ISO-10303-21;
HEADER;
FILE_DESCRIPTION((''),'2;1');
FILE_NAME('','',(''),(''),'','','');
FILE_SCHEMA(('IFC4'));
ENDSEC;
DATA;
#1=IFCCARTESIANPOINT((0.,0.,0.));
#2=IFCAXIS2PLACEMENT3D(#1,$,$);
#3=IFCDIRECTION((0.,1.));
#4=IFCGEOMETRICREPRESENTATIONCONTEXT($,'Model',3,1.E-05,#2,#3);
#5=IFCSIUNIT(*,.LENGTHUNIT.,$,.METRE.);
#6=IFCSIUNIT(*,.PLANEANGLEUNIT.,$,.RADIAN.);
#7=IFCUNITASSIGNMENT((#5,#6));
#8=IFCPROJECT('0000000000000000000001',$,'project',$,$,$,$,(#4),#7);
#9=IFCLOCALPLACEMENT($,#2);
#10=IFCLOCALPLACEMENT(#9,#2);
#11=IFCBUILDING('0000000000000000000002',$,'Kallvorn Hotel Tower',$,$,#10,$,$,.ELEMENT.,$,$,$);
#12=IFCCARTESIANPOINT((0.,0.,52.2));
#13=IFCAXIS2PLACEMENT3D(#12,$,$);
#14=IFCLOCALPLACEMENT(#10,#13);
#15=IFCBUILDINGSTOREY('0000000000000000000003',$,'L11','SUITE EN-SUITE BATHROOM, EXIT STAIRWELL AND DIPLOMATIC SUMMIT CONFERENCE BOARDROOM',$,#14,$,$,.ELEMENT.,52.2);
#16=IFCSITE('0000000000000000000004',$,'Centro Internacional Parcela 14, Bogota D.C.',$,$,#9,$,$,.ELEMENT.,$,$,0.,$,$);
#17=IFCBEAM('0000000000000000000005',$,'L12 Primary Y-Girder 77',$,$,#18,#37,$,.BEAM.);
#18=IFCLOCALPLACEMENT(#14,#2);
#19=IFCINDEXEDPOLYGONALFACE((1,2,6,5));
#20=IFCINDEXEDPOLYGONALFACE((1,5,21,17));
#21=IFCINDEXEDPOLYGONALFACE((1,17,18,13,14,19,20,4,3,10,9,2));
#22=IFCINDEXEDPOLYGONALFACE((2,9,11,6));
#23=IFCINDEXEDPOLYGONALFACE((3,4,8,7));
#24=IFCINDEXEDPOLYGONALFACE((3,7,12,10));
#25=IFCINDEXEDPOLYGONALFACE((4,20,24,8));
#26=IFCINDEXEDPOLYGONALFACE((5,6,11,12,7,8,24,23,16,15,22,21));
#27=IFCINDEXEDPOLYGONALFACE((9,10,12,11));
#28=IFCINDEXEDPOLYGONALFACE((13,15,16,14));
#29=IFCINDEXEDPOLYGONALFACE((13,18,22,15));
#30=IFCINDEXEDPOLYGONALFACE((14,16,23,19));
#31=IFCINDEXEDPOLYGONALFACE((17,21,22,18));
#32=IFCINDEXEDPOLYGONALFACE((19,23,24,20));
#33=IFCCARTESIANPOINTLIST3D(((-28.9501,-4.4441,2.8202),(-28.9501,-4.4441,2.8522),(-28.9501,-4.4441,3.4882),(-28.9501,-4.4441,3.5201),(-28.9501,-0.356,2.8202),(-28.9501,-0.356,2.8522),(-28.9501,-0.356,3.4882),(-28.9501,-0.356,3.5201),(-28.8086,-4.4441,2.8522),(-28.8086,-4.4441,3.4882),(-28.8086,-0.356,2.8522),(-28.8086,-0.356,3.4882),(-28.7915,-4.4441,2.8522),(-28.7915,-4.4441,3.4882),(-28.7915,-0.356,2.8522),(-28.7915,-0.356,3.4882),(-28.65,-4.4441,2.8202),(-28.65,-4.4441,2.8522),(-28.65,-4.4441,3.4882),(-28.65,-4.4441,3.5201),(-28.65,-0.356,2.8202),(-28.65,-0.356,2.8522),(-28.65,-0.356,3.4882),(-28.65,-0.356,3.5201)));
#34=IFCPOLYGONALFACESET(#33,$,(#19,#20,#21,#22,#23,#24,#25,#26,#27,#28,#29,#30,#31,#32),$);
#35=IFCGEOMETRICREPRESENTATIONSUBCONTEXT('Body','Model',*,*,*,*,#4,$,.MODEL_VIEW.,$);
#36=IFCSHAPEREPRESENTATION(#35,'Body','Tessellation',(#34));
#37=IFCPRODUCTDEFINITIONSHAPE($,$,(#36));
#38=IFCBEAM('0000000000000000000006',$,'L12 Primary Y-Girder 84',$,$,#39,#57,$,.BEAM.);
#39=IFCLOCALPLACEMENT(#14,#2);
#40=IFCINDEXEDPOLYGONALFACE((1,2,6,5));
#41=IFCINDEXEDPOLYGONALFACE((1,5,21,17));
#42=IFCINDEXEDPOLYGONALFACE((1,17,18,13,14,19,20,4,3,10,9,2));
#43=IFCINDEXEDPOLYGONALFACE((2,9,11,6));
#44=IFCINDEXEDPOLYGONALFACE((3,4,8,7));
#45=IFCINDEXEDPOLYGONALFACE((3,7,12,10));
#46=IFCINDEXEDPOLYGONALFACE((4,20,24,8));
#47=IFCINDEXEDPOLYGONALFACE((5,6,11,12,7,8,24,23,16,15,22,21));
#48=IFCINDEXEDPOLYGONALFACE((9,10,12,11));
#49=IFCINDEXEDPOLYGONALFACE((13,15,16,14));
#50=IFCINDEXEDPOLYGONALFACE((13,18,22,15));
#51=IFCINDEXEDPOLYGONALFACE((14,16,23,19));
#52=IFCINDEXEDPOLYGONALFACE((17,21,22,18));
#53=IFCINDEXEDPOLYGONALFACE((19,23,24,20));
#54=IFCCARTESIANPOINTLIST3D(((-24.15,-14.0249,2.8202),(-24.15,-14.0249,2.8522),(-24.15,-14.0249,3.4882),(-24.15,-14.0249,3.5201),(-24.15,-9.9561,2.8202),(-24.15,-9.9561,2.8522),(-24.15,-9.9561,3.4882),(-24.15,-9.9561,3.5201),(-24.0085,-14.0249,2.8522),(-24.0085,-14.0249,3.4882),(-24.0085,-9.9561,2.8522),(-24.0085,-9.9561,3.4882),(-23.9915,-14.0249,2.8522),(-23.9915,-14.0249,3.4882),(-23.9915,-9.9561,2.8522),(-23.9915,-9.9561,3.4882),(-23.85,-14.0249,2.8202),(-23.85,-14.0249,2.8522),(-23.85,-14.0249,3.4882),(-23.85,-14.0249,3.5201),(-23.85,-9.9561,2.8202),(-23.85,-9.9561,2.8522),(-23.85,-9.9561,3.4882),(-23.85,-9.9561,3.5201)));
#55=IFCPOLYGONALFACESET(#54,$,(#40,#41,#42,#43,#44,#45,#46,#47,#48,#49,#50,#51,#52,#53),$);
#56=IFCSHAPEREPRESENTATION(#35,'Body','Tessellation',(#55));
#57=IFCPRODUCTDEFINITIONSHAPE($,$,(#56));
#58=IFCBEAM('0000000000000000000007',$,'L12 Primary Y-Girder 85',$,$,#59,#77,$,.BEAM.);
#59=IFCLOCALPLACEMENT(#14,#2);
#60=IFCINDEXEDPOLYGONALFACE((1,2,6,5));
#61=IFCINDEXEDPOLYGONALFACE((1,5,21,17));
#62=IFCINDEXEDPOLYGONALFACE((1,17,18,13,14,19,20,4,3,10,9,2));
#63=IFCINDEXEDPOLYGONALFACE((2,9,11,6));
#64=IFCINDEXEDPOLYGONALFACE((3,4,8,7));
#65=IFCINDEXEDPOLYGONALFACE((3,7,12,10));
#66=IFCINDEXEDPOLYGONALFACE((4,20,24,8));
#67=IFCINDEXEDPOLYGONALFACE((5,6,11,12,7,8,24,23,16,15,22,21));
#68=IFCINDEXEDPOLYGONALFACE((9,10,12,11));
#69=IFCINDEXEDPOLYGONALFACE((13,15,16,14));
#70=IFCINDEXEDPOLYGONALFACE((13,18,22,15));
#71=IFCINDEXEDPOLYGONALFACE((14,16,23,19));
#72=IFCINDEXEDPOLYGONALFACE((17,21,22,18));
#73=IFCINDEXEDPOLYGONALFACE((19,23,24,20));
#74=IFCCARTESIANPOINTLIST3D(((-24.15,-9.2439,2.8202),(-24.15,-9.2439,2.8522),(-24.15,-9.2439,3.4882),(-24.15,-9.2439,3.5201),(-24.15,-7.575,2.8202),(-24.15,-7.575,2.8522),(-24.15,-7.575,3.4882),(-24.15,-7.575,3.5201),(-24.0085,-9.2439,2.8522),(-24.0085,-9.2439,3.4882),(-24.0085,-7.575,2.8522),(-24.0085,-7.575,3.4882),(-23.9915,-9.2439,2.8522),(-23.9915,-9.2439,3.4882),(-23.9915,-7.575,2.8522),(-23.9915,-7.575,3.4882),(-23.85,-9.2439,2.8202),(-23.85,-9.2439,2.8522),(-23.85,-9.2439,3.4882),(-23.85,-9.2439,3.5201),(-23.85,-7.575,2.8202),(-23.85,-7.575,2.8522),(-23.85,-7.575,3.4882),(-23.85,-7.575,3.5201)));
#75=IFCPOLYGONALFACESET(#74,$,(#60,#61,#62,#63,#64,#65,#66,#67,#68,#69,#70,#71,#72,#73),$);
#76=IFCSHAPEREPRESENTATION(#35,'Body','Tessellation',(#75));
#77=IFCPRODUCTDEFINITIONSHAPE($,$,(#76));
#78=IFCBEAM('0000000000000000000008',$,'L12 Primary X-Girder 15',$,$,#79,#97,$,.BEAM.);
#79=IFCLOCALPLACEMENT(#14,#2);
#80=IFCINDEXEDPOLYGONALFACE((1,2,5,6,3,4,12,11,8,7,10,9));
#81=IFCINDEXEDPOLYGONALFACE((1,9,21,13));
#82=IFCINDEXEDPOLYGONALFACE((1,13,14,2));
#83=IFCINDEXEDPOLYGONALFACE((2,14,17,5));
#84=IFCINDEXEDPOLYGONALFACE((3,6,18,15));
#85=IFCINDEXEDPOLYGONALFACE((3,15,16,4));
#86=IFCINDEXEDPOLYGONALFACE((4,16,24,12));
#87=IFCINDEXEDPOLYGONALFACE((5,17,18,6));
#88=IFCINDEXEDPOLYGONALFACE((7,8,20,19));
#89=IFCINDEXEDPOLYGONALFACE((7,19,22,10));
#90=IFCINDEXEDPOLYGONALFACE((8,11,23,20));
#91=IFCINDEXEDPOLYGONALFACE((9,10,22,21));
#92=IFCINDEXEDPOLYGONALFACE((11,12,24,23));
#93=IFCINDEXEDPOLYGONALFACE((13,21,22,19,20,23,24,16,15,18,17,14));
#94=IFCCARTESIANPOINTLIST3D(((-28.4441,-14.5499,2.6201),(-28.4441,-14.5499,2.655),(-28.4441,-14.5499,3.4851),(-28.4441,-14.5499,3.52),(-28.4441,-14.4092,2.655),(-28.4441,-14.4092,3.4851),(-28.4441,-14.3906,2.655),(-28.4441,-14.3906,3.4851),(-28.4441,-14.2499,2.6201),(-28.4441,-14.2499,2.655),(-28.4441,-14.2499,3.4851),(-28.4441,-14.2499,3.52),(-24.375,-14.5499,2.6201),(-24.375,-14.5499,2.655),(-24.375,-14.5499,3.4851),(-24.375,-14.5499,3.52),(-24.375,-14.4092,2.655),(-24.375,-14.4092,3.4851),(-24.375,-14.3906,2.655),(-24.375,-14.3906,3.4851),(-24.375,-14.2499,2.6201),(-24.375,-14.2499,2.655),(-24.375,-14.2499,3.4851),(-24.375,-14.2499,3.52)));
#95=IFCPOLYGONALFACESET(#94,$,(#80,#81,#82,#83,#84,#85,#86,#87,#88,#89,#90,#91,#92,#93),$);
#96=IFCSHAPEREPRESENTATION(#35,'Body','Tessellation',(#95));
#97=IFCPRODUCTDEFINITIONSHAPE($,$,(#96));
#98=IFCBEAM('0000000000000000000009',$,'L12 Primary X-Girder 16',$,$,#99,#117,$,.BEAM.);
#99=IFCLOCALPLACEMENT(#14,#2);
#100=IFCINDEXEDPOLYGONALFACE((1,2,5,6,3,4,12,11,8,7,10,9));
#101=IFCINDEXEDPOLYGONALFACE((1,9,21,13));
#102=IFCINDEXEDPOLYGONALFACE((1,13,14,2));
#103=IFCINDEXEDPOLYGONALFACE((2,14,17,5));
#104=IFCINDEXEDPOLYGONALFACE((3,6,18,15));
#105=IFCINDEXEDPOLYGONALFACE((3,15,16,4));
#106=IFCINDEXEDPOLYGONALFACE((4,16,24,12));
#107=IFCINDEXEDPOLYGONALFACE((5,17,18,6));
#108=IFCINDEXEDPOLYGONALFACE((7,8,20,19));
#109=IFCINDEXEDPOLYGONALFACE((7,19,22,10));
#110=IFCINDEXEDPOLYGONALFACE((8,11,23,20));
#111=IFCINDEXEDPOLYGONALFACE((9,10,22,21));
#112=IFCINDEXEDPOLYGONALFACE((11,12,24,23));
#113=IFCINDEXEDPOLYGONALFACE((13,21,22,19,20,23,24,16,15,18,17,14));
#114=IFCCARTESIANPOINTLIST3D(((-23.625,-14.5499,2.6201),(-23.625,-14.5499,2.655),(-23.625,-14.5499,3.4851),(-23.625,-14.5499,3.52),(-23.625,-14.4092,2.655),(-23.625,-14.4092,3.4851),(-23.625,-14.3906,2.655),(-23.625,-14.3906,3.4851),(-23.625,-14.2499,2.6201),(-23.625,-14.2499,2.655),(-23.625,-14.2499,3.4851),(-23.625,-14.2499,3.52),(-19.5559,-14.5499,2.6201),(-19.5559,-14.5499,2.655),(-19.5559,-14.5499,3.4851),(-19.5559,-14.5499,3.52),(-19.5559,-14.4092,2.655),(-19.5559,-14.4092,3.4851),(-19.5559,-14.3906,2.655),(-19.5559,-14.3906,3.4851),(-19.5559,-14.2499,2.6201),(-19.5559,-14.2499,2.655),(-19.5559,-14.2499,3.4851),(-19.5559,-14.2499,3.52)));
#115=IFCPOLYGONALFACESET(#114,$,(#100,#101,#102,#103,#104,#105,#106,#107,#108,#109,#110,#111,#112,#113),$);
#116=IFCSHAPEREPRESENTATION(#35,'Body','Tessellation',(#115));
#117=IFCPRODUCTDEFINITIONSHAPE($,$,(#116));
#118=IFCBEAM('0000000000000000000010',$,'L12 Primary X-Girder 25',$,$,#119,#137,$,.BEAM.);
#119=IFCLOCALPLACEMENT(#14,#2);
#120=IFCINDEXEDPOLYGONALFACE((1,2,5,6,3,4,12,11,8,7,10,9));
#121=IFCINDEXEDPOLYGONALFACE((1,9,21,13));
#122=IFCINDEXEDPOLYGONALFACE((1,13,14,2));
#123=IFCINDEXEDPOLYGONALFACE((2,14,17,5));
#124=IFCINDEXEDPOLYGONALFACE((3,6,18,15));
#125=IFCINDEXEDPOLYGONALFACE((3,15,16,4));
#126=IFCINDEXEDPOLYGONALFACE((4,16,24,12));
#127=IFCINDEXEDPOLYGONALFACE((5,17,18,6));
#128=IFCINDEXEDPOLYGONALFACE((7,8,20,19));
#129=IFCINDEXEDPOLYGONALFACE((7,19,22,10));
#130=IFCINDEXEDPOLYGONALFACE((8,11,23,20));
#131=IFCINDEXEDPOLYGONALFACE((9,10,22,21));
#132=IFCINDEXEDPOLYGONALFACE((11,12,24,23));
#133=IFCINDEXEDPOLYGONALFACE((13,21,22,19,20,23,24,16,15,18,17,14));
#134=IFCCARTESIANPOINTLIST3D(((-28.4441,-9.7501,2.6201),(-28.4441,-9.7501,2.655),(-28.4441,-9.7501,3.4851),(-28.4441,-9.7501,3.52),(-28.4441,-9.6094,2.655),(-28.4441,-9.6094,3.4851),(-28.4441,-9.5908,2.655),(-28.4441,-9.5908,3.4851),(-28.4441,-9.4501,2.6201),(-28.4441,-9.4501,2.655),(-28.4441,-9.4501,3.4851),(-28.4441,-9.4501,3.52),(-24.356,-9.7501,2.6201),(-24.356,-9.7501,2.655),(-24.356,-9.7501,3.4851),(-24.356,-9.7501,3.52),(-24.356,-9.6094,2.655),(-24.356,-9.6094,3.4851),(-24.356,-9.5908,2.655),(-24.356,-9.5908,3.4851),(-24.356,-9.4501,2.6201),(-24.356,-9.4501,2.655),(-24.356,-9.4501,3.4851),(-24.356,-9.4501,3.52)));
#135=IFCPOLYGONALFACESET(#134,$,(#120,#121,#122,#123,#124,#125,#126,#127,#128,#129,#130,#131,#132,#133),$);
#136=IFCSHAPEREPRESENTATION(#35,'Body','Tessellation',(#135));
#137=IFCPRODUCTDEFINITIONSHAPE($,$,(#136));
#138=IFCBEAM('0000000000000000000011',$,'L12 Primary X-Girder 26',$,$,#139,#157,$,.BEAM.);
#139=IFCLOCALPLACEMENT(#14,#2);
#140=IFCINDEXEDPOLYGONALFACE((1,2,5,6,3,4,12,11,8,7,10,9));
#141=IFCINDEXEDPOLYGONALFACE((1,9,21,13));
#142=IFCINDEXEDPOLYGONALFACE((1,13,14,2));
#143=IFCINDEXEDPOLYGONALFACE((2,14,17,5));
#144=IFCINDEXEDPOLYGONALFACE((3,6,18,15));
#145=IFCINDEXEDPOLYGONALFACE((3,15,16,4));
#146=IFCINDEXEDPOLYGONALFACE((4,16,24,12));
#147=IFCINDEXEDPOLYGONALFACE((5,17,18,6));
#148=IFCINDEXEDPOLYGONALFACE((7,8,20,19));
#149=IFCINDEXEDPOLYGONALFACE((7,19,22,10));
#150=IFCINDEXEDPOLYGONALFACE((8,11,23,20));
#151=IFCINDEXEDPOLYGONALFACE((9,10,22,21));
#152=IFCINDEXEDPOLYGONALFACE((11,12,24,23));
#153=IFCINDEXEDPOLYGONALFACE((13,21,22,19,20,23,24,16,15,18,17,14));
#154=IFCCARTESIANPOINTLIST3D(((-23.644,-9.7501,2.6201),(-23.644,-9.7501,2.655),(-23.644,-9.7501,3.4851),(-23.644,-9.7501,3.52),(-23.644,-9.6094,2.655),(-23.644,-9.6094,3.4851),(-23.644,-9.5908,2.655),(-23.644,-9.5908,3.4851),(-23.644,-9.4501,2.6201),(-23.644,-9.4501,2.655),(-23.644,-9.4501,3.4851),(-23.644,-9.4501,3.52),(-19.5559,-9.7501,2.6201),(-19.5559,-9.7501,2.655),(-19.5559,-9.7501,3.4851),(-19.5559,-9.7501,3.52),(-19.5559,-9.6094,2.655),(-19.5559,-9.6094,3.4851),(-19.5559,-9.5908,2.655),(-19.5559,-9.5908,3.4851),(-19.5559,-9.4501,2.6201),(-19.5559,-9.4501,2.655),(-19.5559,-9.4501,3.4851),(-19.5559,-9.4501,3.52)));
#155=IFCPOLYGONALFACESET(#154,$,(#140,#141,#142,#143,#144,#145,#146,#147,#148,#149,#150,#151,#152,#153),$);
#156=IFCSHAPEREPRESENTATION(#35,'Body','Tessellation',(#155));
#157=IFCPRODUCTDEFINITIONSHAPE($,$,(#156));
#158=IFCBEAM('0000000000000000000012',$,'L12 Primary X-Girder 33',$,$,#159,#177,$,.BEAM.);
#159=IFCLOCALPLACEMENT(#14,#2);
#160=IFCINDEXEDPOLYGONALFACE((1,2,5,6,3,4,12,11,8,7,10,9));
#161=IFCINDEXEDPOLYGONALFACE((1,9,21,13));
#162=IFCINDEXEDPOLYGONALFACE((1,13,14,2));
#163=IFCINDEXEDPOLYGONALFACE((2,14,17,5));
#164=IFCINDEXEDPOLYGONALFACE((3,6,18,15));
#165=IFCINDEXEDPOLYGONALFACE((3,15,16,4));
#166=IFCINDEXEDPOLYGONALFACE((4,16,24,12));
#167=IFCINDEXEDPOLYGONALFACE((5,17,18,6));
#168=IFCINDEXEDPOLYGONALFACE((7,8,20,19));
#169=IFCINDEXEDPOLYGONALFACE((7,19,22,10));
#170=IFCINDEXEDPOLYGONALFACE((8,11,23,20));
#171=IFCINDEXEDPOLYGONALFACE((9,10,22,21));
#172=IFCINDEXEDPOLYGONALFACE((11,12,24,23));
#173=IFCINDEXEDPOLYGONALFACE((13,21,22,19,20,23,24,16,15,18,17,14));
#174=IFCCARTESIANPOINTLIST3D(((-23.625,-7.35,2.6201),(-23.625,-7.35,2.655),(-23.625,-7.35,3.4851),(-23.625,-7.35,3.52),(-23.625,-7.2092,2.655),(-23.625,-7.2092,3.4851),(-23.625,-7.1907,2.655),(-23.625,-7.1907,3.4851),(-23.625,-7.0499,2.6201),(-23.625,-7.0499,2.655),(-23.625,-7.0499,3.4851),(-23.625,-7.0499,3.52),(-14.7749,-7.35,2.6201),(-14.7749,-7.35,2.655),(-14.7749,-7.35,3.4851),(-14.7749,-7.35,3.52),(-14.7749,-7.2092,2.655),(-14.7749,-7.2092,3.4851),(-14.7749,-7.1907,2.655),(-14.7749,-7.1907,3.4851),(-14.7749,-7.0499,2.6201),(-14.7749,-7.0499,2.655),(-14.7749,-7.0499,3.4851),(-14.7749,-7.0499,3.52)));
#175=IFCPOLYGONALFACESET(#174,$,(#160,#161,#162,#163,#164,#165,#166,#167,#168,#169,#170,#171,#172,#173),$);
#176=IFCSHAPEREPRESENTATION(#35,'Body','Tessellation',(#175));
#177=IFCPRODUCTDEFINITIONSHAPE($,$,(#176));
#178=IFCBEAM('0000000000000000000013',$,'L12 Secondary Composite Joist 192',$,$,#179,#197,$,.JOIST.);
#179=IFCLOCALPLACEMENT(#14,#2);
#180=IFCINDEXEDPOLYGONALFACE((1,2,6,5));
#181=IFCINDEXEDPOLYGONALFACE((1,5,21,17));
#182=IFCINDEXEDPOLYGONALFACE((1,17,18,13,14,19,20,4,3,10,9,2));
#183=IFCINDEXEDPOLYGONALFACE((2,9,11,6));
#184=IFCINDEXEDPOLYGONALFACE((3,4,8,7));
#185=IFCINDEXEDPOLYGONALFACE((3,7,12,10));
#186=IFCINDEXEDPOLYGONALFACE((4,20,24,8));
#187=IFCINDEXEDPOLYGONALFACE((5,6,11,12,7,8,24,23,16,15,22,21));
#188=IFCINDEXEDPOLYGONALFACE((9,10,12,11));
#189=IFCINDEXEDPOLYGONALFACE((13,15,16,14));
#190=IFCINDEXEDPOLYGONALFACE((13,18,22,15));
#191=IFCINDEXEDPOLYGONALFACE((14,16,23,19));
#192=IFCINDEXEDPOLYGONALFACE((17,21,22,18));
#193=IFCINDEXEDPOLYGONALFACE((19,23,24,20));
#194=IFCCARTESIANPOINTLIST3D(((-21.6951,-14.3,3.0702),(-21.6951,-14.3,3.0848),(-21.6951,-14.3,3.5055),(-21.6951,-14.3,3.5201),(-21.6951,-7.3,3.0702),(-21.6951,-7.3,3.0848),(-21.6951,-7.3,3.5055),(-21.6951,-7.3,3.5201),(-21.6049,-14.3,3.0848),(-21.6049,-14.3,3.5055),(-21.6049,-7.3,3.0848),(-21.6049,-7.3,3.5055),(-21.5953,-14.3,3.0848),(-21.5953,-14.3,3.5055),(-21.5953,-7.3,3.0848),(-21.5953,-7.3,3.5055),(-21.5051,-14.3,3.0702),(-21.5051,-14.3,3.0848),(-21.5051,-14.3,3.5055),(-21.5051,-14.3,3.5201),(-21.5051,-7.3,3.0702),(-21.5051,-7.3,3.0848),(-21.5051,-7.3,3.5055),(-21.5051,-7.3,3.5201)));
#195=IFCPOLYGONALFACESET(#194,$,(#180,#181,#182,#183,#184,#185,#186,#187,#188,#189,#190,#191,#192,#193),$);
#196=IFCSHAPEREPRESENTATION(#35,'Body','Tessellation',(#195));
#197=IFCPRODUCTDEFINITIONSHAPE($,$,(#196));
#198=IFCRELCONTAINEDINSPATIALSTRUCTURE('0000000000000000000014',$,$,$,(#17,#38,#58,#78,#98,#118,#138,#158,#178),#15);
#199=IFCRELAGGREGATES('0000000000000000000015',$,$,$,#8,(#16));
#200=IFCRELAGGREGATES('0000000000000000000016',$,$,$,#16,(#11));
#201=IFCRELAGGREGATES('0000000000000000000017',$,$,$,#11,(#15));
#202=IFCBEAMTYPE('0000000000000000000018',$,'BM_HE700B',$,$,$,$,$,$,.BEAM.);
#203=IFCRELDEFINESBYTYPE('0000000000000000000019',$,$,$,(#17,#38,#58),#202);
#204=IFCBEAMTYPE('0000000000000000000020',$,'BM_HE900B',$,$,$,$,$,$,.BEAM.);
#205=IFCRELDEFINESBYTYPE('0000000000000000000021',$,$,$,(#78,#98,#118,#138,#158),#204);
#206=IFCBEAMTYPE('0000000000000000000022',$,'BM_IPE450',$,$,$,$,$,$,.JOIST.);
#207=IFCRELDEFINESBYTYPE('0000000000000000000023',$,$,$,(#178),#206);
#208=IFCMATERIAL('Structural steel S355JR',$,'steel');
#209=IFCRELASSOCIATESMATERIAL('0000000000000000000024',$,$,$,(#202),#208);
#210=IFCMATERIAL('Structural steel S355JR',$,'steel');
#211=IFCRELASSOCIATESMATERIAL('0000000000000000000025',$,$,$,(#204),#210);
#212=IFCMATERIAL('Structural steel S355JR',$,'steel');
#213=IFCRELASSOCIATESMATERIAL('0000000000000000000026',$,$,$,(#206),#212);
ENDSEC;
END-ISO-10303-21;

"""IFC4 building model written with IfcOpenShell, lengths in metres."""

from ifc_helpers import new_model, si_unit, direction, frame, origin, origin_2d, place, context, subcontext, project, spatial, i_section, extrude, material, material_profile, profile_set, type_object, element, save


model = new_model("IFC4")

# Units and contexts
model_context = context("Model", 3, precision=1e-05, world=origin(), true_north=direction((0.0, 1.0)))
body_context = subcontext(model_context, "Body", "Model", "MODEL_VIEW")
ifc_project = project(units=[si_unit("LENGTHUNIT", "METRE"), si_unit("PLANEANGLEUNIT", "RADIAN")], contexts=[model_context])

# Site, building, storey
site_placement = place(None, origin())
site = spatial("IfcSite", under=ifc_project, at=site_placement, Name="Centro Internacional Parcela 14, Bogota D.C.", CompositionType="ELEMENT", RefElevation=0.0)
building_placement = place(site_placement, origin())
building = spatial("IfcBuilding", under=site, at=building_placement, Name="Kallvorn Hotel Tower", CompositionType="ELEMENT")
storey_placement = place(building_placement, frame((0.0, 0.0, 52.2)))
storey = spatial("IfcBuildingStorey", under=building, at=storey_placement, Name="L11", Description="SUITE EN-SUITE BATHROOM, EXIT STAIRWELL AND DIPLOMATIC SUMMIT CONFERENCE BOARDROOM", CompositionType="ELEMENT", Elevation=52.2)

# Beams
ifc_material_1 = material(Name="Structural steel S355JR", Category="steel")
ifc_material_profile_1 = material_profile(ifc_material_1, i_section(OverallWidth=0.3, OverallDepth=0.7, WebThickness=0.0171, FlangeThickness=0.032, at=origin_2d()), Name="HE 700 B")
ifc_profile_set_1 = profile_set([ifc_material_profile_1], Name="Structural steel S355JR")
beam_type_1 = type_object("IfcBeamType", Name="BM_HE700B", PredefinedType="BEAM", material=ifc_profile_set_1)
beam_1_placement = place(storey_placement, frame((-28.8, -4.4441, 3.1702), z_axis=(0.0, 1.0, 0.0), x_axis=(-1.0, 0.0, 0.0)))
element("IfcBeam", 1, at=beam_1_placement, inside=storey, type_object=beam_type_1, Name="L12 Primary Y-Girder 77", PredefinedType="BEAM", context=body_context, shape_type="SweptSolid", body=[
    extrude(i_section(OverallWidth=0.3, OverallDepth=0.7, WebThickness=0.0171, FlangeThickness=0.032, at=origin_2d()), origin(), (0.0, 0.0, 1.0), 4.0881),
])
beam_2_placement = place(storey_placement, frame((-24.0, -14.0249, 3.1702), z_axis=(0.0, 1.0, 0.0), x_axis=(-1.0, 0.0, 0.0)))
element("IfcBeam", 2, at=beam_2_placement, inside=storey, type_object=beam_type_1, Name="L12 Primary Y-Girder 84", PredefinedType="BEAM", context=body_context, shape_type="SweptSolid", body=[
    extrude(i_section(OverallWidth=0.3, OverallDepth=0.7, WebThickness=0.0171, FlangeThickness=0.032, at=origin_2d()), origin(), (0.0, 0.0, 1.0), 4.0688),
])
beam_3_placement = place(storey_placement, frame((-24.0, -9.2439, 3.1702), z_axis=(0.0, 1.0, 0.0), x_axis=(-1.0, 0.0, 0.0)))
element("IfcBeam", 3, at=beam_3_placement, inside=storey, type_object=beam_type_1, Name="L12 Primary Y-Girder 85", PredefinedType="BEAM", context=body_context, shape_type="SweptSolid", body=[
    extrude(i_section(OverallWidth=0.3, OverallDepth=0.7, WebThickness=0.0171, FlangeThickness=0.032, at=origin_2d()), origin(), (0.0, 0.0, 1.0), 1.6689),
])
ifc_material_2 = material(Name="Structural steel S355JR", Category="steel")
ifc_material_profile_2 = material_profile(ifc_material_2, i_section(OverallWidth=0.3, OverallDepth=0.8999, WebThickness=0.0186, FlangeThickness=0.0349, at=origin_2d()), Name="HE 900 B")
ifc_profile_set_2 = profile_set([ifc_material_profile_2], Name="Structural steel S355JR")
beam_type_2 = type_object("IfcBeamType", Name="BM_HE900B", PredefinedType="BEAM", material=ifc_profile_set_2)
for number, where, z_axis, x_axis, name in (
    (4, (-28.4441, -14.3999, 3.0701), (1.0, 0.0, 0.0), (0.0, 1.0, 0.0), "L12 Primary X-Girder 15"),
    (5, (-23.625, -14.3999, 3.0701), (1.0, 0.0, 0.0), (0.0, 1.0, 0.0), "L12 Primary X-Girder 16"),
):
    element("IfcBeam", number, at=place(storey_placement, frame(where, z_axis=z_axis, x_axis=x_axis)), inside=storey, type_object=beam_type_2, Name=name, PredefinedType="BEAM", context=body_context, shape_type="SweptSolid", body=[
        extrude(i_section(OverallWidth=0.3, OverallDepth=0.8999, WebThickness=0.0186, FlangeThickness=0.0349, at=origin_2d()), origin(), (0.0, 0.0, 1.0), 4.0691),
    ])
for number, where, z_axis, x_axis, name in (
    (6, (-28.4441, -9.6001, 3.0701), (1.0, 0.0, 0.0), (0.0, 1.0, 0.0), "L12 Primary X-Girder 25"),
    (7, (-23.644, -9.6001, 3.0701), (1.0, 0.0, 0.0), (0.0, 1.0, 0.0), "L12 Primary X-Girder 26"),
):
    element("IfcBeam", number, at=place(storey_placement, frame(where, z_axis=z_axis, x_axis=x_axis)), inside=storey, type_object=beam_type_2, Name=name, PredefinedType="BEAM", context=body_context, shape_type="SweptSolid", body=[
        extrude(i_section(OverallWidth=0.3, OverallDepth=0.8999, WebThickness=0.0186, FlangeThickness=0.0349, at=origin_2d()), origin(), (0.0, 0.0, 1.0), 4.0881),
    ])
beam_4_placement = place(storey_placement, frame((-23.625, -7.2, 3.0701), z_axis=(1.0, 0.0, 0.0), x_axis=(0.0, 1.0, 0.0)))
element("IfcBeam", 8, at=beam_4_placement, inside=storey, type_object=beam_type_2, Name="L12 Primary X-Girder 33", PredefinedType="BEAM", context=body_context, shape_type="SweptSolid", body=[
    extrude(i_section(OverallWidth=0.3, OverallDepth=0.8999, WebThickness=0.0186, FlangeThickness=0.0349, at=origin_2d()), origin(), (0.0, 0.0, 1.0), 8.8501),
])
ifc_material_3 = material(Name="Structural steel S355JR", Category="steel")
ifc_material_profile_3 = material_profile(ifc_material_3, i_section(OverallWidth=0.1899, OverallDepth=0.45, WebThickness=0.0095, FlangeThickness=0.0146, at=origin_2d()), Name="IPE 450")
ifc_profile_set_3 = profile_set([ifc_material_profile_3], Name="Structural steel S355JR")
beam_type_3 = type_object("IfcBeamType", Name="BM_IPE450", PredefinedType="JOIST", material=ifc_profile_set_3)
beam_5_placement = place(storey_placement, frame((-21.6001, -14.3, 3.2952), z_axis=(0.0, 1.0, 0.0), x_axis=(-1.0, 0.0, 0.0)))
element("IfcBeam", 9, at=beam_5_placement, inside=storey, type_object=beam_type_3, Name="L12 Secondary Composite Joist 192", PredefinedType="JOIST", context=body_context, shape_type="SweptSolid", body=[
    extrude(i_section(OverallWidth=0.1899, OverallDepth=0.45, WebThickness=0.0095, FlangeThickness=0.0146, at=origin_2d()), origin(), (0.0, 0.0, 1.0), 7.0),
])

save(model, "model.ifc")
